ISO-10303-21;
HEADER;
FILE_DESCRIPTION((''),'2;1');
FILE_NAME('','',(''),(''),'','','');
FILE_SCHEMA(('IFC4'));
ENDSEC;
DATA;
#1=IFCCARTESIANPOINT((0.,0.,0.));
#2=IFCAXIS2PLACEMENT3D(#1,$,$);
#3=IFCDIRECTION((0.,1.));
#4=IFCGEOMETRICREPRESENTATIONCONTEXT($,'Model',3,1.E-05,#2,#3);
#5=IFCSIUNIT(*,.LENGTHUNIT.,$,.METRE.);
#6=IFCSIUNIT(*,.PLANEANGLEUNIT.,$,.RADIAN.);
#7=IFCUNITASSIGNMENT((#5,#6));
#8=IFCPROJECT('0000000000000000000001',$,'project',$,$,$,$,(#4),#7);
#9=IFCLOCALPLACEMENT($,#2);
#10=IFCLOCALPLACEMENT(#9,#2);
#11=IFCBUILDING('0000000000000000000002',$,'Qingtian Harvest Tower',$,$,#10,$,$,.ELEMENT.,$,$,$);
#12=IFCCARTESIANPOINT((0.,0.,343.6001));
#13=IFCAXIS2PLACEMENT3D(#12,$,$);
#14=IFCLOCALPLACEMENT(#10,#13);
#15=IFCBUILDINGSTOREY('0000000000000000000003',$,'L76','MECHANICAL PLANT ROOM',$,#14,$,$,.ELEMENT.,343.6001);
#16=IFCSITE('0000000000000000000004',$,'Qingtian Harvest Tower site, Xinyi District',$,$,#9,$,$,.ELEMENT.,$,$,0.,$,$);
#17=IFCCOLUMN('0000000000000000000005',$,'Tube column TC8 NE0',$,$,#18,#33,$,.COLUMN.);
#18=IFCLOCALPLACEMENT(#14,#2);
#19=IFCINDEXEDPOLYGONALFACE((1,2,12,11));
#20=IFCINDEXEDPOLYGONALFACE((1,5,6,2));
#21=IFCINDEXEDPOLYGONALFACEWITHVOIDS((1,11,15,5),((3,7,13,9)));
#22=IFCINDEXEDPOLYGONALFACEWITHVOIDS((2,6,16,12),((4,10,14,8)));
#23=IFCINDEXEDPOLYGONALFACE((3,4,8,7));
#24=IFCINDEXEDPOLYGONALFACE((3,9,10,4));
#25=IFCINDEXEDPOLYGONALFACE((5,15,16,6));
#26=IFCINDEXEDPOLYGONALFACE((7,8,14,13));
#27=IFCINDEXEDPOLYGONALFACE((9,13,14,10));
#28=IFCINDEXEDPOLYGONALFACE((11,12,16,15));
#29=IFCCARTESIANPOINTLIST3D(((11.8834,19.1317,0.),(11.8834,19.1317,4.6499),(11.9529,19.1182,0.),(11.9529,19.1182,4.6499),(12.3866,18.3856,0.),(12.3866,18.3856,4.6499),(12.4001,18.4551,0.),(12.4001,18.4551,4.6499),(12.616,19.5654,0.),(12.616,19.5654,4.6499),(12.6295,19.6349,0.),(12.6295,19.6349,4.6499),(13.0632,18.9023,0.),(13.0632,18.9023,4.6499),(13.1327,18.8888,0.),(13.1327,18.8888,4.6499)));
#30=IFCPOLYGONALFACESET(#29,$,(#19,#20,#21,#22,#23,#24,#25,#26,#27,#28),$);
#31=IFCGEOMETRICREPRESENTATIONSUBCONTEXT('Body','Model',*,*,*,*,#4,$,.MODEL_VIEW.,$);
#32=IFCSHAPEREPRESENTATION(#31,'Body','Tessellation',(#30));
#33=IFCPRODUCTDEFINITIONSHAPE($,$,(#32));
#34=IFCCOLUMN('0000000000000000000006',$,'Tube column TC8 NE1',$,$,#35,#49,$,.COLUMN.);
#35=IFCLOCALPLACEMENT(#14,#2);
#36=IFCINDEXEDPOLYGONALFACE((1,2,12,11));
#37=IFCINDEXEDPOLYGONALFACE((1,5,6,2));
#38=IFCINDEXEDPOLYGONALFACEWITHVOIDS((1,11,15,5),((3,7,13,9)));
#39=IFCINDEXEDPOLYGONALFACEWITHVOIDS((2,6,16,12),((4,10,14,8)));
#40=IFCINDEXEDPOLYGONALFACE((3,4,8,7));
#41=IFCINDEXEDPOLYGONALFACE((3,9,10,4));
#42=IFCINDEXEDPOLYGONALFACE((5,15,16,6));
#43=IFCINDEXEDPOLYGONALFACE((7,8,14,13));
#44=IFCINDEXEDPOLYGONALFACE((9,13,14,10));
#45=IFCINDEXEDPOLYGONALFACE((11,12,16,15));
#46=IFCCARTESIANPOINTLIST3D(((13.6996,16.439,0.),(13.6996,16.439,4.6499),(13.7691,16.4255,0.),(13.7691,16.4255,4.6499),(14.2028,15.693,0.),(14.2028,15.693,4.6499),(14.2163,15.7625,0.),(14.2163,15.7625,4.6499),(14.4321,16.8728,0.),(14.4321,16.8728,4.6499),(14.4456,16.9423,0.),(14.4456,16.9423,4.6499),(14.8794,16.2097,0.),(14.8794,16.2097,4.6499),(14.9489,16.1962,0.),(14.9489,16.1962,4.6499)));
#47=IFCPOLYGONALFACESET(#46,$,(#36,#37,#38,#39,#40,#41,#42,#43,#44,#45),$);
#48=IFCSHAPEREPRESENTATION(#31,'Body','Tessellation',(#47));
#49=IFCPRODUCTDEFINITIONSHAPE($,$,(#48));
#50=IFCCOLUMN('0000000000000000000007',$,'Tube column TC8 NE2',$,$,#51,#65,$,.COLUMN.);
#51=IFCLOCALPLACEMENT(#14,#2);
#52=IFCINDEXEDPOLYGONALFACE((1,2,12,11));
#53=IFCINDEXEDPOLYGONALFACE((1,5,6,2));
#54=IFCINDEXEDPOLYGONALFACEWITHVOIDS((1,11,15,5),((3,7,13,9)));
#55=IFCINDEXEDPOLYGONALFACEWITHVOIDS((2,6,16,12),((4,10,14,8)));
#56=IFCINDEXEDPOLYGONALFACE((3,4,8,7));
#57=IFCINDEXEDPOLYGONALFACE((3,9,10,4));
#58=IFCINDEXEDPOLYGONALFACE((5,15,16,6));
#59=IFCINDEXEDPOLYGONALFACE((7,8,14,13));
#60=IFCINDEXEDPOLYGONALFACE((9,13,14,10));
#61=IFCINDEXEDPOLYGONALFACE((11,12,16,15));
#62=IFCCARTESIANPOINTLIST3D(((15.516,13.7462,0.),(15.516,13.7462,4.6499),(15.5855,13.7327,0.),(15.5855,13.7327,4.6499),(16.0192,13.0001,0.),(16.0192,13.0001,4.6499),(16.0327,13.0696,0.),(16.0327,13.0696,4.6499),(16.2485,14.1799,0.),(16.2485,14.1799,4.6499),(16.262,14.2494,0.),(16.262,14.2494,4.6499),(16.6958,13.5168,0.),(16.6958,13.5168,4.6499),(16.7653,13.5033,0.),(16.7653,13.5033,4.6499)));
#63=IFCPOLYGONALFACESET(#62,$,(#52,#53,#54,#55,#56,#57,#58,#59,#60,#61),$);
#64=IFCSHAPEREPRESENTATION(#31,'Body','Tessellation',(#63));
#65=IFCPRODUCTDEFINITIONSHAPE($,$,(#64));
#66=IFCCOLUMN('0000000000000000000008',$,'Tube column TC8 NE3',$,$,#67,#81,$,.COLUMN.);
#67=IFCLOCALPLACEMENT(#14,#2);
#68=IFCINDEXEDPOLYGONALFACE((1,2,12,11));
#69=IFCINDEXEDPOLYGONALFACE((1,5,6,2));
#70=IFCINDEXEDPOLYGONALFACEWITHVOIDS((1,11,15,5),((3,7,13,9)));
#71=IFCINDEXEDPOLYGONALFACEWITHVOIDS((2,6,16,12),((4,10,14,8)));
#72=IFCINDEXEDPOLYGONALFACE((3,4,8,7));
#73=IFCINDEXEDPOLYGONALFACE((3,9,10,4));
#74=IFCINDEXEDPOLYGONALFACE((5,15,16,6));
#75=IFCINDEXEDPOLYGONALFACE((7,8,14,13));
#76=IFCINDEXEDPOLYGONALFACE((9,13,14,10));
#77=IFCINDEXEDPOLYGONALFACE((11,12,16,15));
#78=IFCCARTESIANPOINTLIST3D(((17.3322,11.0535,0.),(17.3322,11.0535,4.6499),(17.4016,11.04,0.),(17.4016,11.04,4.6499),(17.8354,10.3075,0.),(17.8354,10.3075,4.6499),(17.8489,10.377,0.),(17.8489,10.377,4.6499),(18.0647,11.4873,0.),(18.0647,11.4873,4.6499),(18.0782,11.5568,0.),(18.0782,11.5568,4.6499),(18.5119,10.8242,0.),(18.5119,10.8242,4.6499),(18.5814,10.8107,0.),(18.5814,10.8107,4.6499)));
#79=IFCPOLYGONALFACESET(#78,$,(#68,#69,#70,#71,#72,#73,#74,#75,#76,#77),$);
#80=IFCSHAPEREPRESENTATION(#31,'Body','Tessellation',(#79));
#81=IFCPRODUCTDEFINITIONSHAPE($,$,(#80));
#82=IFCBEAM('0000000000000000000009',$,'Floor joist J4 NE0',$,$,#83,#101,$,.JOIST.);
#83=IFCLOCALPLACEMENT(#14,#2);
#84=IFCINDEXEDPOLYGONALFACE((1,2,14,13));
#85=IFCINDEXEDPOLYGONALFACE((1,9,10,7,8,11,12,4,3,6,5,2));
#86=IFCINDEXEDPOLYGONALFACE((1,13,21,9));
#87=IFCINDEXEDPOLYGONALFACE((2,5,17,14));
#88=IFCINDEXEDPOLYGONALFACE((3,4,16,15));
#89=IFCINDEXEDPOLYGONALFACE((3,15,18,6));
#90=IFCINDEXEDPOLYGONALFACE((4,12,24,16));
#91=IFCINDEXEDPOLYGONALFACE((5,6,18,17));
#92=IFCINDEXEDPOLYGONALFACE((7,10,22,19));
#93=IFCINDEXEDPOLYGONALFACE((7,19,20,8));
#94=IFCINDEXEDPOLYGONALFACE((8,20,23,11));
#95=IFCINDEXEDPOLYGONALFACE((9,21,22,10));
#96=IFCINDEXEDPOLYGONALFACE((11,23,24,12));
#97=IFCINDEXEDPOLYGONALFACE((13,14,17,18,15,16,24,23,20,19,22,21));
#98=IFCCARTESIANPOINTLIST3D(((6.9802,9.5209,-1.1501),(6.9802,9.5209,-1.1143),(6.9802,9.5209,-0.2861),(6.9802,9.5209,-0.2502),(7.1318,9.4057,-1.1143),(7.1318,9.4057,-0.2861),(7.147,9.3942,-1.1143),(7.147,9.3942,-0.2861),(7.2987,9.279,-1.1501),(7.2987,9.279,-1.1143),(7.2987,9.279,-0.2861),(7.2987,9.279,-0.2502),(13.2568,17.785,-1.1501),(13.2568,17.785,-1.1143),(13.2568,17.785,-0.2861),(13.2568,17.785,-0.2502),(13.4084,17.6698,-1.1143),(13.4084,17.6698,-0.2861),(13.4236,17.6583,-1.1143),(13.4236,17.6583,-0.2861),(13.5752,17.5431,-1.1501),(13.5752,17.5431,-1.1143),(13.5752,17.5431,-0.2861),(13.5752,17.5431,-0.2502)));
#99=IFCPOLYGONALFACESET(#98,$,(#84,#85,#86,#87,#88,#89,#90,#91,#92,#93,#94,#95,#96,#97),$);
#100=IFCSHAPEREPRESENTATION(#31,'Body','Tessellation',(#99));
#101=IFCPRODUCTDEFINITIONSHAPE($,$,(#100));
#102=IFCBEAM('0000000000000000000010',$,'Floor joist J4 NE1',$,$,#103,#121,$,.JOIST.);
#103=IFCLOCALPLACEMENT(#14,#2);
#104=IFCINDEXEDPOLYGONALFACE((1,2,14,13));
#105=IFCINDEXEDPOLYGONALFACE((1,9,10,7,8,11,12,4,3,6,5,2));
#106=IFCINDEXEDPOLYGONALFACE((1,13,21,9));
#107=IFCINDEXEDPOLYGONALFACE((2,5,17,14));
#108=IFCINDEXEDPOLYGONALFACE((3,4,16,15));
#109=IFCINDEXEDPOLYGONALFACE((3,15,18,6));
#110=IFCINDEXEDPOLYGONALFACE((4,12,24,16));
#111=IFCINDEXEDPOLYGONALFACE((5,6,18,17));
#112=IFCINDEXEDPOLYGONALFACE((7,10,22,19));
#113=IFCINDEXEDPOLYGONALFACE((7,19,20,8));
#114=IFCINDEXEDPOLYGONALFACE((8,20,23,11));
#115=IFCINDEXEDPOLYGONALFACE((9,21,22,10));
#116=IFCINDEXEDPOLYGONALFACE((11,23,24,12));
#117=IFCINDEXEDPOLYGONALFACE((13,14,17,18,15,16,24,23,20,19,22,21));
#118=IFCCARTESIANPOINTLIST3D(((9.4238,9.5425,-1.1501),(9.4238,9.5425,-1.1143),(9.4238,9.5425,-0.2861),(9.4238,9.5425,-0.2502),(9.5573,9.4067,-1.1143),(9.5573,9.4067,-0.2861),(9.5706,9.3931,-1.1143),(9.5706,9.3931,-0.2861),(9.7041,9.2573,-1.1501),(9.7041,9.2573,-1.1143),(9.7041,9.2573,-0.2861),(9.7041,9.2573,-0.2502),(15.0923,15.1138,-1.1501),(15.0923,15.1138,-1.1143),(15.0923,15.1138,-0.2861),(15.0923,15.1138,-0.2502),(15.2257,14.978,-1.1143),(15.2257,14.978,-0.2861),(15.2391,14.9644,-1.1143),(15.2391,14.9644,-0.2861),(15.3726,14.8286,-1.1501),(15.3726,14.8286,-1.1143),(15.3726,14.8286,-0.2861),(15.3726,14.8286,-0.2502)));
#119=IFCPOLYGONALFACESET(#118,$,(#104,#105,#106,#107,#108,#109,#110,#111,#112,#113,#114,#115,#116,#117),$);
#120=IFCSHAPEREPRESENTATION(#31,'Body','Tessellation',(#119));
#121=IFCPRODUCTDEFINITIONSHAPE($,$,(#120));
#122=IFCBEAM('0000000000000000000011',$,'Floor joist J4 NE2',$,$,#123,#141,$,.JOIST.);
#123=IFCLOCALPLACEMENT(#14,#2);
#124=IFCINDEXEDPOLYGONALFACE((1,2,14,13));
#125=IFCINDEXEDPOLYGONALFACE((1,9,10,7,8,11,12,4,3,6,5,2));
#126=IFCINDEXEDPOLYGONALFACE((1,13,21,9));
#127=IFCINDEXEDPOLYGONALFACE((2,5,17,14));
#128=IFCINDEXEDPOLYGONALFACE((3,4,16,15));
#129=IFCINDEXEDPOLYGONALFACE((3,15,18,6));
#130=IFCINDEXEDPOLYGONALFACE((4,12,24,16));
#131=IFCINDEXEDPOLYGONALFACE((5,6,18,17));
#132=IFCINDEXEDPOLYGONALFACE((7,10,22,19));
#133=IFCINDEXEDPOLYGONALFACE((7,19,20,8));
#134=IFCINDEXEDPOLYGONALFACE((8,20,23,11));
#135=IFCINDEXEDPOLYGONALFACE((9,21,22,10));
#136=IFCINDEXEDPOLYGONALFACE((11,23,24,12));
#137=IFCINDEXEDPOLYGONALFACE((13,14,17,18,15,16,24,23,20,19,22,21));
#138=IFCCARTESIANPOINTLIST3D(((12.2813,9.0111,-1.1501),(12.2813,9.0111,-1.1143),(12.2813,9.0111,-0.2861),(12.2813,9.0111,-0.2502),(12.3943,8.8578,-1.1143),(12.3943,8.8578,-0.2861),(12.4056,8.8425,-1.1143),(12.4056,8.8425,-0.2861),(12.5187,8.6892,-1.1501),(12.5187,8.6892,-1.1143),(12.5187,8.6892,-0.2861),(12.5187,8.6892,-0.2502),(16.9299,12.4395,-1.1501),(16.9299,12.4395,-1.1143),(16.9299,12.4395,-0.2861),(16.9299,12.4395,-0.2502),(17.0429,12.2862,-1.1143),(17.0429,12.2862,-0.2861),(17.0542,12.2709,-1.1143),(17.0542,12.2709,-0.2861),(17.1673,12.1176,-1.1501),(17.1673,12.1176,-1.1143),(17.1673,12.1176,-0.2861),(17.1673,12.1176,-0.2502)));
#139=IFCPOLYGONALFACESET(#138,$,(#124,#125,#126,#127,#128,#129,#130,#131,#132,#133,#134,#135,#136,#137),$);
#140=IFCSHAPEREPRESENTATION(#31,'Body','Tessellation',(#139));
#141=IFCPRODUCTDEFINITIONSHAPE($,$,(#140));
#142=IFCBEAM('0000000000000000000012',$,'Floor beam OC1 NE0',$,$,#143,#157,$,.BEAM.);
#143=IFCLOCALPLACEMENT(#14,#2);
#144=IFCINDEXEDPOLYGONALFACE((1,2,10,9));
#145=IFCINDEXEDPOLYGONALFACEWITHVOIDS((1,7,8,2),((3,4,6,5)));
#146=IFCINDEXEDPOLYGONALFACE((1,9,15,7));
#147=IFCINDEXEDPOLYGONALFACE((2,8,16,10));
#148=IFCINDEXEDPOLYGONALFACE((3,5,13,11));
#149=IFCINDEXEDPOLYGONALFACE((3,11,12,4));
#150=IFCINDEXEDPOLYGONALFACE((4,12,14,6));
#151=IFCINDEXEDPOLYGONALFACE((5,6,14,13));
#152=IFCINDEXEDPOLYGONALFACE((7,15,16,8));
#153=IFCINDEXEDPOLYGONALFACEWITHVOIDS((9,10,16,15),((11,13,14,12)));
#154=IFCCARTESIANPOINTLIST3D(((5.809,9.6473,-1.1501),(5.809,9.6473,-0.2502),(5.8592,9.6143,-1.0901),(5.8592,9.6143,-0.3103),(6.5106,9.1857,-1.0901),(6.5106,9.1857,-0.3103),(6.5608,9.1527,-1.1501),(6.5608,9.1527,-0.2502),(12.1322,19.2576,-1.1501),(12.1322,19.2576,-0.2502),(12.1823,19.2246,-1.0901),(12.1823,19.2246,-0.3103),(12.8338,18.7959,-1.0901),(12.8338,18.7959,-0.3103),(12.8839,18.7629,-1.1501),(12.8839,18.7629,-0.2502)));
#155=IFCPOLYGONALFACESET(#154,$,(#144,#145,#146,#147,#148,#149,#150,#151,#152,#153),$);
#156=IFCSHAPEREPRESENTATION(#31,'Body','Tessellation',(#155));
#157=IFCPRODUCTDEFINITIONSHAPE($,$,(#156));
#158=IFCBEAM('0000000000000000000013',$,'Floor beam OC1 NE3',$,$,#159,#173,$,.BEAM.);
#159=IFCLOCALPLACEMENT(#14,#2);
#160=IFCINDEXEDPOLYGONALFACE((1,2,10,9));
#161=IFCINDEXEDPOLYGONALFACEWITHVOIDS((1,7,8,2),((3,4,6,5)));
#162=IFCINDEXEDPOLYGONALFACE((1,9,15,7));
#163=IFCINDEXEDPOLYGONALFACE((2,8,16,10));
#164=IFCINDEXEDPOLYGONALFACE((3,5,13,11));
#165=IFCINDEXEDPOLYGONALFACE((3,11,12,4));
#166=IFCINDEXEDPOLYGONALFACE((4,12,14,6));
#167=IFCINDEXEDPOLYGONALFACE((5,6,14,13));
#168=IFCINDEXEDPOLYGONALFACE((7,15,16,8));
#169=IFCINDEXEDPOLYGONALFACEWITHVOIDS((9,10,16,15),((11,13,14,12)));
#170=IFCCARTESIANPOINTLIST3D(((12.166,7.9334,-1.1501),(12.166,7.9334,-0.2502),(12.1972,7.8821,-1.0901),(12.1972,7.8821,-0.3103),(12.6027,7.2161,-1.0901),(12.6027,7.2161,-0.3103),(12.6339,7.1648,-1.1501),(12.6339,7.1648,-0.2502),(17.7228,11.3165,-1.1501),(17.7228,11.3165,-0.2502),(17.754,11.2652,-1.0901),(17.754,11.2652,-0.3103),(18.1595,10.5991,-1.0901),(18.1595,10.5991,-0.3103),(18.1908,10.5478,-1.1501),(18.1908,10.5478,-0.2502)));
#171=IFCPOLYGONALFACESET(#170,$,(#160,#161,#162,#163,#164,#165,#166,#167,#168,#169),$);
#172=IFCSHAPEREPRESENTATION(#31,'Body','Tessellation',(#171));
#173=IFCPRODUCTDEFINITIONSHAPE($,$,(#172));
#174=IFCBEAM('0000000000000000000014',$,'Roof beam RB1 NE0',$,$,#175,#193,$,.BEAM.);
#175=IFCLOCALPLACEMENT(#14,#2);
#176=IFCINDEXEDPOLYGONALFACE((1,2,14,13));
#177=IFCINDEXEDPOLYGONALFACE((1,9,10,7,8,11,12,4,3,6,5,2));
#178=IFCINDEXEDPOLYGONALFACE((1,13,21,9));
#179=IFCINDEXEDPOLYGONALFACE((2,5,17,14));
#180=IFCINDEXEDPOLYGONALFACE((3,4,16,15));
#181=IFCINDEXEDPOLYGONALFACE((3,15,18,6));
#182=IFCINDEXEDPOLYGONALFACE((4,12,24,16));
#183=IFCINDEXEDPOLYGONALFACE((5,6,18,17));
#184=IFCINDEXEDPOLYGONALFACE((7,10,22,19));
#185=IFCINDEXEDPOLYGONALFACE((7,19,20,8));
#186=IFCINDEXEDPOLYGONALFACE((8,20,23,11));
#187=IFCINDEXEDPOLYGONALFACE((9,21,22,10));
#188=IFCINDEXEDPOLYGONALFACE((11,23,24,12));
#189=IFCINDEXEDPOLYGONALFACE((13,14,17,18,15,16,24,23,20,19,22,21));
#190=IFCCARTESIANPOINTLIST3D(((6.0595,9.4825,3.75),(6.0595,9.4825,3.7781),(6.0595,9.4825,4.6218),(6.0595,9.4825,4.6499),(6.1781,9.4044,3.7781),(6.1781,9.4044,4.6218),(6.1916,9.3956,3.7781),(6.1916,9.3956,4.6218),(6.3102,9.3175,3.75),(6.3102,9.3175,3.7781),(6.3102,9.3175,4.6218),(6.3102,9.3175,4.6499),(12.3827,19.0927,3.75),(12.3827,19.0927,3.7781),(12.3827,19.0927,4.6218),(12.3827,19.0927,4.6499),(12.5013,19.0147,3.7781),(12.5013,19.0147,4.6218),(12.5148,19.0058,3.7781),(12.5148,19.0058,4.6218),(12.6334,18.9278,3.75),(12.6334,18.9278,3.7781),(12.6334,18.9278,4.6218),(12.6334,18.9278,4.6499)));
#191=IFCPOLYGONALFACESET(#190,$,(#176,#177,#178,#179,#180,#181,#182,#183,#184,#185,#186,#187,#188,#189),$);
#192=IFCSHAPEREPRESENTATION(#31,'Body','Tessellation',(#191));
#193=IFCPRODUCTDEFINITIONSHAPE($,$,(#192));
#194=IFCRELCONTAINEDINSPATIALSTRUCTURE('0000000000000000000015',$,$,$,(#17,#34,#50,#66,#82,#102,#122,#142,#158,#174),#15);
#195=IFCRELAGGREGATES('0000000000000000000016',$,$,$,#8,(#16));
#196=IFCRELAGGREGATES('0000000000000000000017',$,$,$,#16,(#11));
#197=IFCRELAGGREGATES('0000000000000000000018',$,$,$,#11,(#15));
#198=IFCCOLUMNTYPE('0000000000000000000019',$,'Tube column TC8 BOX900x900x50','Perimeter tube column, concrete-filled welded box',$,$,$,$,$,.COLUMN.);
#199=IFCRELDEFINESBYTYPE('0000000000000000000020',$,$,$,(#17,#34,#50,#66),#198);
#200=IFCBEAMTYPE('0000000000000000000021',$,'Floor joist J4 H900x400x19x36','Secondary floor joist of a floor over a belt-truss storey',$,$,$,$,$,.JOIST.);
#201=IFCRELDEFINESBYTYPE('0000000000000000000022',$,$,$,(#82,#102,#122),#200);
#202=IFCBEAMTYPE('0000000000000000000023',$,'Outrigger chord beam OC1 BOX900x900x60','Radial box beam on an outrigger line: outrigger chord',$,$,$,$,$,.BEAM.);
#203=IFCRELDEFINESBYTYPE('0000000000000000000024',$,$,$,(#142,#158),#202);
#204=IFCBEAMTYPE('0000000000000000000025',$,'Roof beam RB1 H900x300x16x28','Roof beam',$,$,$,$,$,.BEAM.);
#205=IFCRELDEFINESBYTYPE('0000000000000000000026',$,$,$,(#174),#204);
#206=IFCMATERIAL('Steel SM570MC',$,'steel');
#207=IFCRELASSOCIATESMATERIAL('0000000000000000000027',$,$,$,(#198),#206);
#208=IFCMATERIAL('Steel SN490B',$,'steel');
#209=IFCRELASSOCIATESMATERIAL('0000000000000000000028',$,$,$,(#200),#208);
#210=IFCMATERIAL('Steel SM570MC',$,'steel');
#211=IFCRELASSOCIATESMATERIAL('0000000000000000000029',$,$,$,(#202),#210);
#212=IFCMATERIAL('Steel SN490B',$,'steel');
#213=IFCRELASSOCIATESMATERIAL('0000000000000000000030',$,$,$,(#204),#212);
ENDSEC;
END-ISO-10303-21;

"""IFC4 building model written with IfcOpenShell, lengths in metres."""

from ifc_helpers import new_model, si_unit, direction, frame, origin, origin_2d, place, context, subcontext, project, spatial, hollow_rectangle, i_section, extrude, material, material_profile, profile_set, type_object, element, save


model = new_model("IFC4")

# Units and contexts
model_context = context("Model", 3, precision=1e-05, world=origin(), true_north=direction((0.0, 1.0)))
body_context = subcontext(model_context, "Body", "Model", "MODEL_VIEW")
ifc_project = project(units=[si_unit("LENGTHUNIT", "METRE"), si_unit("PLANEANGLEUNIT", "RADIAN")], contexts=[model_context])

# Site, building, storey
site_placement = place(None, origin())
site = spatial("IfcSite", under=ifc_project, at=site_placement, Name="Qingtian Harvest Tower site, Xinyi District", CompositionType="ELEMENT", RefElevation=0.0)
building_placement = place(site_placement, origin())
building = spatial("IfcBuilding", under=site, at=building_placement, Name="Qingtian Harvest Tower", CompositionType="ELEMENT")
storey_placement = place(building_placement, frame((0.0, 0.0, 343.6001)))
storey = spatial("IfcBuildingStorey", under=building, at=storey_placement, Name="L76", Description="MECHANICAL PLANT ROOM", CompositionType="ELEMENT", Elevation=343.6001)

# Columns
ifc_material_1 = material(Name="Steel SM570MC", Category="steel")
ifc_material_profile_1 = material_profile(ifc_material_1, hollow_rectangle(XDim=0.8999, YDim=0.8999, WallThickness=0.05, at=origin_2d()), Name="BOX900x900x50")
ifc_profile_set_1 = profile_set([ifc_material_profile_1], Name="Steel SM570MC")
column_type = type_object("IfcColumnType", Name="Tube column TC8 BOX900x900x50", Description="Perimeter tube column, concrete-filled welded box", PredefinedType="COLUMN", material=ifc_profile_set_1)
for number, where, z_axis, x_axis, name in (
    (1, (12.5081, 19.0103, 0.0), (0.0, 0.0, 1.0), (-0.559193, 0.829038, 0.0), "Tube column TC8 NE0"),
    (2, (14.3242, 16.3176, 0.0), (0.0, 0.0, 1.0), (-0.559193, 0.829038, 0.0), "Tube column TC8 NE1"),
    (3, (16.1406, 13.6248, 0.0), (0.0, 0.0, 1.0), (-0.559193, 0.829038, 0.0), "Tube column TC8 NE2"),
    (4, (17.9568, 10.9321, 0.0), (0.0, 0.0, 1.0), (-0.559193, 0.829038, 0.0), "Tube column TC8 NE3"),
):
    element("IfcColumn", number, at=place(storey_placement, frame(where, z_axis=z_axis, x_axis=x_axis)), inside=storey, type_object=column_type, Name=name, PredefinedType="COLUMN", context=body_context, shape_type="SweptSolid", body=[
        extrude(hollow_rectangle(XDim=0.8999, YDim=0.8999, WallThickness=0.05, at=origin_2d()), origin(), (0.0, 0.0, 1.0), 4.6499),
    ])

# Beams
ifc_material_2 = material(Name="Steel SN490B", Category="steel")
ifc_material_profile_2 = material_profile(ifc_material_2, i_section(OverallWidth=0.3999, OverallDepth=0.8999, WebThickness=0.019, FlangeThickness=0.0359, at=origin_2d()), Name="H900x400x19x36")
ifc_profile_set_2 = profile_set([ifc_material_profile_2], Name="Steel SN490B")
beam_type_1 = type_object("IfcBeamType", Name="Floor joist J4 H900x400x19x36", Description="Secondary floor joist of a floor over a belt-truss storey", PredefinedType="JOIST", material=ifc_profile_set_2)
beam_1_placement = place(storey_placement, frame((13.416, 17.6641, -0.7002), z_axis=(-0.60483, -0.796355, 0.0), x_axis=(0.796355, -0.60483, 0.0)))
element("IfcBeam", 5, at=beam_1_placement, inside=storey, type_object=beam_type_1, Name="Floor joist J4 NE0", PredefinedType="JOIST", context=body_context, shape_type="SweptSolid", body=[
    extrude(i_section(OverallWidth=0.3999, OverallDepth=0.8999, WebThickness=0.019, FlangeThickness=0.0359, at=origin_2d()), origin(), (0.0, 0.0, 1.0), 10.3774),
])
beam_2_placement = place(storey_placement, frame((15.2324, 14.9712, -0.7002), z_axis=(-0.713193, -0.700968, 0.0), x_axis=(0.700968, -0.713193, 0.0)))
element("IfcBeam", 6, at=beam_2_placement, inside=storey, type_object=beam_type_1, Name="Floor joist J4 NE1", PredefinedType="JOIST", context=body_context, shape_type="SweptSolid", body=[
    extrude(i_section(OverallWidth=0.3999, OverallDepth=0.8999, WebThickness=0.019, FlangeThickness=0.0359, at=origin_2d()), origin(), (0.0, 0.0, 1.0), 7.948),
])
beam_3_placement = place(storey_placement, frame((17.0486, 12.2786, -0.7002), z_axis=(-0.804798, -0.593549, 0.0), x_axis=(0.593549, -0.804798, 0.0)))
element("IfcBeam", 7, at=beam_3_placement, inside=storey, type_object=beam_type_1, Name="Floor joist J4 NE2", PredefinedType="JOIST", context=body_context, shape_type="SweptSolid", body=[
    extrude(i_section(OverallWidth=0.3999, OverallDepth=0.8999, WebThickness=0.019, FlangeThickness=0.0359, at=origin_2d()), origin(), (0.0, 0.0, 1.0), 5.7761),
])
ifc_material_3 = material(Name="Steel SM570MC", Category="steel")
ifc_material_profile_3 = material_profile(ifc_material_3, hollow_rectangle(XDim=0.8999, YDim=0.8999, WallThickness=0.0601, at=origin_2d()), Name="BOX900x900x60")
ifc_profile_set_3 = profile_set([ifc_material_profile_3], Name="Steel SM570MC")
beam_type_2 = type_object("IfcBeamType", Name="Outrigger chord beam OC1 BOX900x900x60", Description="Radial box beam on an outrigger line: outrigger chord", PredefinedType="BEAM", material=ifc_profile_set_3)
beam_4_placement = place(storey_placement, frame((12.5081, 19.0103, -0.7002), z_axis=(-0.549655, -0.835391, 0.0), x_axis=(0.835391, -0.549655, 0.0)))
element("IfcBeam", 8, at=beam_4_placement, inside=storey, type_object=beam_type_2, Name="Floor beam OC1 NE0", PredefinedType="BEAM", context=body_context, shape_type="SweptSolid", body=[
    extrude(hollow_rectangle(XDim=0.8999, YDim=0.8999, WallThickness=0.0601, at=origin_2d()), origin(), (0.0, 0.0, 1.0), 11.5039),
])
beam_5_placement = place(storey_placement, frame((17.9568, 10.9321, -0.7002), z_axis=(-0.854157, -0.520015, 0.0), x_axis=(0.520015, -0.854157, 0.0)))
element("IfcBeam", 9, at=beam_5_placement, inside=storey, type_object=beam_type_2, Name="Floor beam OC1 NE3", PredefinedType="BEAM", context=body_context, shape_type="SweptSolid", body=[
    extrude(hollow_rectangle(XDim=0.8999, YDim=0.8999, WallThickness=0.0601, at=origin_2d()), origin(), (0.0, 0.0, 1.0), 6.5056),
])
ifc_material_4 = material(Name="Steel SN490B", Category="steel")
ifc_material_profile_4 = material_profile(ifc_material_4, i_section(OverallWidth=0.3, OverallDepth=0.8999, WebThickness=0.0161, FlangeThickness=0.0281, at=origin_2d()), Name="H900x300x16x28")
ifc_profile_set_4 = profile_set([ifc_material_profile_4], Name="Steel SN490B")
beam_type_3 = type_object("IfcBeamType", Name="Roof beam RB1 H900x300x16x28", Description="Roof beam", PredefinedType="BEAM", material=ifc_profile_set_4)
beam_6_placement = place(storey_placement, frame((12.5081, 19.0103, 4.2), z_axis=(-0.549655, -0.835391, 0.0), x_axis=(0.835391, -0.549655, 0.0)))
element("IfcBeam", 10, at=beam_6_placement, inside=storey, type_object=beam_type_3, Name="Roof beam RB1 NE0", PredefinedType="BEAM", context=body_context, shape_type="SweptSolid", body=[
    extrude(i_section(OverallWidth=0.3, OverallDepth=0.8999, WebThickness=0.0161, FlangeThickness=0.0281, at=origin_2d()), origin(), (0.0, 0.0, 1.0), 11.5039),
])

save(model, "model.ifc")
